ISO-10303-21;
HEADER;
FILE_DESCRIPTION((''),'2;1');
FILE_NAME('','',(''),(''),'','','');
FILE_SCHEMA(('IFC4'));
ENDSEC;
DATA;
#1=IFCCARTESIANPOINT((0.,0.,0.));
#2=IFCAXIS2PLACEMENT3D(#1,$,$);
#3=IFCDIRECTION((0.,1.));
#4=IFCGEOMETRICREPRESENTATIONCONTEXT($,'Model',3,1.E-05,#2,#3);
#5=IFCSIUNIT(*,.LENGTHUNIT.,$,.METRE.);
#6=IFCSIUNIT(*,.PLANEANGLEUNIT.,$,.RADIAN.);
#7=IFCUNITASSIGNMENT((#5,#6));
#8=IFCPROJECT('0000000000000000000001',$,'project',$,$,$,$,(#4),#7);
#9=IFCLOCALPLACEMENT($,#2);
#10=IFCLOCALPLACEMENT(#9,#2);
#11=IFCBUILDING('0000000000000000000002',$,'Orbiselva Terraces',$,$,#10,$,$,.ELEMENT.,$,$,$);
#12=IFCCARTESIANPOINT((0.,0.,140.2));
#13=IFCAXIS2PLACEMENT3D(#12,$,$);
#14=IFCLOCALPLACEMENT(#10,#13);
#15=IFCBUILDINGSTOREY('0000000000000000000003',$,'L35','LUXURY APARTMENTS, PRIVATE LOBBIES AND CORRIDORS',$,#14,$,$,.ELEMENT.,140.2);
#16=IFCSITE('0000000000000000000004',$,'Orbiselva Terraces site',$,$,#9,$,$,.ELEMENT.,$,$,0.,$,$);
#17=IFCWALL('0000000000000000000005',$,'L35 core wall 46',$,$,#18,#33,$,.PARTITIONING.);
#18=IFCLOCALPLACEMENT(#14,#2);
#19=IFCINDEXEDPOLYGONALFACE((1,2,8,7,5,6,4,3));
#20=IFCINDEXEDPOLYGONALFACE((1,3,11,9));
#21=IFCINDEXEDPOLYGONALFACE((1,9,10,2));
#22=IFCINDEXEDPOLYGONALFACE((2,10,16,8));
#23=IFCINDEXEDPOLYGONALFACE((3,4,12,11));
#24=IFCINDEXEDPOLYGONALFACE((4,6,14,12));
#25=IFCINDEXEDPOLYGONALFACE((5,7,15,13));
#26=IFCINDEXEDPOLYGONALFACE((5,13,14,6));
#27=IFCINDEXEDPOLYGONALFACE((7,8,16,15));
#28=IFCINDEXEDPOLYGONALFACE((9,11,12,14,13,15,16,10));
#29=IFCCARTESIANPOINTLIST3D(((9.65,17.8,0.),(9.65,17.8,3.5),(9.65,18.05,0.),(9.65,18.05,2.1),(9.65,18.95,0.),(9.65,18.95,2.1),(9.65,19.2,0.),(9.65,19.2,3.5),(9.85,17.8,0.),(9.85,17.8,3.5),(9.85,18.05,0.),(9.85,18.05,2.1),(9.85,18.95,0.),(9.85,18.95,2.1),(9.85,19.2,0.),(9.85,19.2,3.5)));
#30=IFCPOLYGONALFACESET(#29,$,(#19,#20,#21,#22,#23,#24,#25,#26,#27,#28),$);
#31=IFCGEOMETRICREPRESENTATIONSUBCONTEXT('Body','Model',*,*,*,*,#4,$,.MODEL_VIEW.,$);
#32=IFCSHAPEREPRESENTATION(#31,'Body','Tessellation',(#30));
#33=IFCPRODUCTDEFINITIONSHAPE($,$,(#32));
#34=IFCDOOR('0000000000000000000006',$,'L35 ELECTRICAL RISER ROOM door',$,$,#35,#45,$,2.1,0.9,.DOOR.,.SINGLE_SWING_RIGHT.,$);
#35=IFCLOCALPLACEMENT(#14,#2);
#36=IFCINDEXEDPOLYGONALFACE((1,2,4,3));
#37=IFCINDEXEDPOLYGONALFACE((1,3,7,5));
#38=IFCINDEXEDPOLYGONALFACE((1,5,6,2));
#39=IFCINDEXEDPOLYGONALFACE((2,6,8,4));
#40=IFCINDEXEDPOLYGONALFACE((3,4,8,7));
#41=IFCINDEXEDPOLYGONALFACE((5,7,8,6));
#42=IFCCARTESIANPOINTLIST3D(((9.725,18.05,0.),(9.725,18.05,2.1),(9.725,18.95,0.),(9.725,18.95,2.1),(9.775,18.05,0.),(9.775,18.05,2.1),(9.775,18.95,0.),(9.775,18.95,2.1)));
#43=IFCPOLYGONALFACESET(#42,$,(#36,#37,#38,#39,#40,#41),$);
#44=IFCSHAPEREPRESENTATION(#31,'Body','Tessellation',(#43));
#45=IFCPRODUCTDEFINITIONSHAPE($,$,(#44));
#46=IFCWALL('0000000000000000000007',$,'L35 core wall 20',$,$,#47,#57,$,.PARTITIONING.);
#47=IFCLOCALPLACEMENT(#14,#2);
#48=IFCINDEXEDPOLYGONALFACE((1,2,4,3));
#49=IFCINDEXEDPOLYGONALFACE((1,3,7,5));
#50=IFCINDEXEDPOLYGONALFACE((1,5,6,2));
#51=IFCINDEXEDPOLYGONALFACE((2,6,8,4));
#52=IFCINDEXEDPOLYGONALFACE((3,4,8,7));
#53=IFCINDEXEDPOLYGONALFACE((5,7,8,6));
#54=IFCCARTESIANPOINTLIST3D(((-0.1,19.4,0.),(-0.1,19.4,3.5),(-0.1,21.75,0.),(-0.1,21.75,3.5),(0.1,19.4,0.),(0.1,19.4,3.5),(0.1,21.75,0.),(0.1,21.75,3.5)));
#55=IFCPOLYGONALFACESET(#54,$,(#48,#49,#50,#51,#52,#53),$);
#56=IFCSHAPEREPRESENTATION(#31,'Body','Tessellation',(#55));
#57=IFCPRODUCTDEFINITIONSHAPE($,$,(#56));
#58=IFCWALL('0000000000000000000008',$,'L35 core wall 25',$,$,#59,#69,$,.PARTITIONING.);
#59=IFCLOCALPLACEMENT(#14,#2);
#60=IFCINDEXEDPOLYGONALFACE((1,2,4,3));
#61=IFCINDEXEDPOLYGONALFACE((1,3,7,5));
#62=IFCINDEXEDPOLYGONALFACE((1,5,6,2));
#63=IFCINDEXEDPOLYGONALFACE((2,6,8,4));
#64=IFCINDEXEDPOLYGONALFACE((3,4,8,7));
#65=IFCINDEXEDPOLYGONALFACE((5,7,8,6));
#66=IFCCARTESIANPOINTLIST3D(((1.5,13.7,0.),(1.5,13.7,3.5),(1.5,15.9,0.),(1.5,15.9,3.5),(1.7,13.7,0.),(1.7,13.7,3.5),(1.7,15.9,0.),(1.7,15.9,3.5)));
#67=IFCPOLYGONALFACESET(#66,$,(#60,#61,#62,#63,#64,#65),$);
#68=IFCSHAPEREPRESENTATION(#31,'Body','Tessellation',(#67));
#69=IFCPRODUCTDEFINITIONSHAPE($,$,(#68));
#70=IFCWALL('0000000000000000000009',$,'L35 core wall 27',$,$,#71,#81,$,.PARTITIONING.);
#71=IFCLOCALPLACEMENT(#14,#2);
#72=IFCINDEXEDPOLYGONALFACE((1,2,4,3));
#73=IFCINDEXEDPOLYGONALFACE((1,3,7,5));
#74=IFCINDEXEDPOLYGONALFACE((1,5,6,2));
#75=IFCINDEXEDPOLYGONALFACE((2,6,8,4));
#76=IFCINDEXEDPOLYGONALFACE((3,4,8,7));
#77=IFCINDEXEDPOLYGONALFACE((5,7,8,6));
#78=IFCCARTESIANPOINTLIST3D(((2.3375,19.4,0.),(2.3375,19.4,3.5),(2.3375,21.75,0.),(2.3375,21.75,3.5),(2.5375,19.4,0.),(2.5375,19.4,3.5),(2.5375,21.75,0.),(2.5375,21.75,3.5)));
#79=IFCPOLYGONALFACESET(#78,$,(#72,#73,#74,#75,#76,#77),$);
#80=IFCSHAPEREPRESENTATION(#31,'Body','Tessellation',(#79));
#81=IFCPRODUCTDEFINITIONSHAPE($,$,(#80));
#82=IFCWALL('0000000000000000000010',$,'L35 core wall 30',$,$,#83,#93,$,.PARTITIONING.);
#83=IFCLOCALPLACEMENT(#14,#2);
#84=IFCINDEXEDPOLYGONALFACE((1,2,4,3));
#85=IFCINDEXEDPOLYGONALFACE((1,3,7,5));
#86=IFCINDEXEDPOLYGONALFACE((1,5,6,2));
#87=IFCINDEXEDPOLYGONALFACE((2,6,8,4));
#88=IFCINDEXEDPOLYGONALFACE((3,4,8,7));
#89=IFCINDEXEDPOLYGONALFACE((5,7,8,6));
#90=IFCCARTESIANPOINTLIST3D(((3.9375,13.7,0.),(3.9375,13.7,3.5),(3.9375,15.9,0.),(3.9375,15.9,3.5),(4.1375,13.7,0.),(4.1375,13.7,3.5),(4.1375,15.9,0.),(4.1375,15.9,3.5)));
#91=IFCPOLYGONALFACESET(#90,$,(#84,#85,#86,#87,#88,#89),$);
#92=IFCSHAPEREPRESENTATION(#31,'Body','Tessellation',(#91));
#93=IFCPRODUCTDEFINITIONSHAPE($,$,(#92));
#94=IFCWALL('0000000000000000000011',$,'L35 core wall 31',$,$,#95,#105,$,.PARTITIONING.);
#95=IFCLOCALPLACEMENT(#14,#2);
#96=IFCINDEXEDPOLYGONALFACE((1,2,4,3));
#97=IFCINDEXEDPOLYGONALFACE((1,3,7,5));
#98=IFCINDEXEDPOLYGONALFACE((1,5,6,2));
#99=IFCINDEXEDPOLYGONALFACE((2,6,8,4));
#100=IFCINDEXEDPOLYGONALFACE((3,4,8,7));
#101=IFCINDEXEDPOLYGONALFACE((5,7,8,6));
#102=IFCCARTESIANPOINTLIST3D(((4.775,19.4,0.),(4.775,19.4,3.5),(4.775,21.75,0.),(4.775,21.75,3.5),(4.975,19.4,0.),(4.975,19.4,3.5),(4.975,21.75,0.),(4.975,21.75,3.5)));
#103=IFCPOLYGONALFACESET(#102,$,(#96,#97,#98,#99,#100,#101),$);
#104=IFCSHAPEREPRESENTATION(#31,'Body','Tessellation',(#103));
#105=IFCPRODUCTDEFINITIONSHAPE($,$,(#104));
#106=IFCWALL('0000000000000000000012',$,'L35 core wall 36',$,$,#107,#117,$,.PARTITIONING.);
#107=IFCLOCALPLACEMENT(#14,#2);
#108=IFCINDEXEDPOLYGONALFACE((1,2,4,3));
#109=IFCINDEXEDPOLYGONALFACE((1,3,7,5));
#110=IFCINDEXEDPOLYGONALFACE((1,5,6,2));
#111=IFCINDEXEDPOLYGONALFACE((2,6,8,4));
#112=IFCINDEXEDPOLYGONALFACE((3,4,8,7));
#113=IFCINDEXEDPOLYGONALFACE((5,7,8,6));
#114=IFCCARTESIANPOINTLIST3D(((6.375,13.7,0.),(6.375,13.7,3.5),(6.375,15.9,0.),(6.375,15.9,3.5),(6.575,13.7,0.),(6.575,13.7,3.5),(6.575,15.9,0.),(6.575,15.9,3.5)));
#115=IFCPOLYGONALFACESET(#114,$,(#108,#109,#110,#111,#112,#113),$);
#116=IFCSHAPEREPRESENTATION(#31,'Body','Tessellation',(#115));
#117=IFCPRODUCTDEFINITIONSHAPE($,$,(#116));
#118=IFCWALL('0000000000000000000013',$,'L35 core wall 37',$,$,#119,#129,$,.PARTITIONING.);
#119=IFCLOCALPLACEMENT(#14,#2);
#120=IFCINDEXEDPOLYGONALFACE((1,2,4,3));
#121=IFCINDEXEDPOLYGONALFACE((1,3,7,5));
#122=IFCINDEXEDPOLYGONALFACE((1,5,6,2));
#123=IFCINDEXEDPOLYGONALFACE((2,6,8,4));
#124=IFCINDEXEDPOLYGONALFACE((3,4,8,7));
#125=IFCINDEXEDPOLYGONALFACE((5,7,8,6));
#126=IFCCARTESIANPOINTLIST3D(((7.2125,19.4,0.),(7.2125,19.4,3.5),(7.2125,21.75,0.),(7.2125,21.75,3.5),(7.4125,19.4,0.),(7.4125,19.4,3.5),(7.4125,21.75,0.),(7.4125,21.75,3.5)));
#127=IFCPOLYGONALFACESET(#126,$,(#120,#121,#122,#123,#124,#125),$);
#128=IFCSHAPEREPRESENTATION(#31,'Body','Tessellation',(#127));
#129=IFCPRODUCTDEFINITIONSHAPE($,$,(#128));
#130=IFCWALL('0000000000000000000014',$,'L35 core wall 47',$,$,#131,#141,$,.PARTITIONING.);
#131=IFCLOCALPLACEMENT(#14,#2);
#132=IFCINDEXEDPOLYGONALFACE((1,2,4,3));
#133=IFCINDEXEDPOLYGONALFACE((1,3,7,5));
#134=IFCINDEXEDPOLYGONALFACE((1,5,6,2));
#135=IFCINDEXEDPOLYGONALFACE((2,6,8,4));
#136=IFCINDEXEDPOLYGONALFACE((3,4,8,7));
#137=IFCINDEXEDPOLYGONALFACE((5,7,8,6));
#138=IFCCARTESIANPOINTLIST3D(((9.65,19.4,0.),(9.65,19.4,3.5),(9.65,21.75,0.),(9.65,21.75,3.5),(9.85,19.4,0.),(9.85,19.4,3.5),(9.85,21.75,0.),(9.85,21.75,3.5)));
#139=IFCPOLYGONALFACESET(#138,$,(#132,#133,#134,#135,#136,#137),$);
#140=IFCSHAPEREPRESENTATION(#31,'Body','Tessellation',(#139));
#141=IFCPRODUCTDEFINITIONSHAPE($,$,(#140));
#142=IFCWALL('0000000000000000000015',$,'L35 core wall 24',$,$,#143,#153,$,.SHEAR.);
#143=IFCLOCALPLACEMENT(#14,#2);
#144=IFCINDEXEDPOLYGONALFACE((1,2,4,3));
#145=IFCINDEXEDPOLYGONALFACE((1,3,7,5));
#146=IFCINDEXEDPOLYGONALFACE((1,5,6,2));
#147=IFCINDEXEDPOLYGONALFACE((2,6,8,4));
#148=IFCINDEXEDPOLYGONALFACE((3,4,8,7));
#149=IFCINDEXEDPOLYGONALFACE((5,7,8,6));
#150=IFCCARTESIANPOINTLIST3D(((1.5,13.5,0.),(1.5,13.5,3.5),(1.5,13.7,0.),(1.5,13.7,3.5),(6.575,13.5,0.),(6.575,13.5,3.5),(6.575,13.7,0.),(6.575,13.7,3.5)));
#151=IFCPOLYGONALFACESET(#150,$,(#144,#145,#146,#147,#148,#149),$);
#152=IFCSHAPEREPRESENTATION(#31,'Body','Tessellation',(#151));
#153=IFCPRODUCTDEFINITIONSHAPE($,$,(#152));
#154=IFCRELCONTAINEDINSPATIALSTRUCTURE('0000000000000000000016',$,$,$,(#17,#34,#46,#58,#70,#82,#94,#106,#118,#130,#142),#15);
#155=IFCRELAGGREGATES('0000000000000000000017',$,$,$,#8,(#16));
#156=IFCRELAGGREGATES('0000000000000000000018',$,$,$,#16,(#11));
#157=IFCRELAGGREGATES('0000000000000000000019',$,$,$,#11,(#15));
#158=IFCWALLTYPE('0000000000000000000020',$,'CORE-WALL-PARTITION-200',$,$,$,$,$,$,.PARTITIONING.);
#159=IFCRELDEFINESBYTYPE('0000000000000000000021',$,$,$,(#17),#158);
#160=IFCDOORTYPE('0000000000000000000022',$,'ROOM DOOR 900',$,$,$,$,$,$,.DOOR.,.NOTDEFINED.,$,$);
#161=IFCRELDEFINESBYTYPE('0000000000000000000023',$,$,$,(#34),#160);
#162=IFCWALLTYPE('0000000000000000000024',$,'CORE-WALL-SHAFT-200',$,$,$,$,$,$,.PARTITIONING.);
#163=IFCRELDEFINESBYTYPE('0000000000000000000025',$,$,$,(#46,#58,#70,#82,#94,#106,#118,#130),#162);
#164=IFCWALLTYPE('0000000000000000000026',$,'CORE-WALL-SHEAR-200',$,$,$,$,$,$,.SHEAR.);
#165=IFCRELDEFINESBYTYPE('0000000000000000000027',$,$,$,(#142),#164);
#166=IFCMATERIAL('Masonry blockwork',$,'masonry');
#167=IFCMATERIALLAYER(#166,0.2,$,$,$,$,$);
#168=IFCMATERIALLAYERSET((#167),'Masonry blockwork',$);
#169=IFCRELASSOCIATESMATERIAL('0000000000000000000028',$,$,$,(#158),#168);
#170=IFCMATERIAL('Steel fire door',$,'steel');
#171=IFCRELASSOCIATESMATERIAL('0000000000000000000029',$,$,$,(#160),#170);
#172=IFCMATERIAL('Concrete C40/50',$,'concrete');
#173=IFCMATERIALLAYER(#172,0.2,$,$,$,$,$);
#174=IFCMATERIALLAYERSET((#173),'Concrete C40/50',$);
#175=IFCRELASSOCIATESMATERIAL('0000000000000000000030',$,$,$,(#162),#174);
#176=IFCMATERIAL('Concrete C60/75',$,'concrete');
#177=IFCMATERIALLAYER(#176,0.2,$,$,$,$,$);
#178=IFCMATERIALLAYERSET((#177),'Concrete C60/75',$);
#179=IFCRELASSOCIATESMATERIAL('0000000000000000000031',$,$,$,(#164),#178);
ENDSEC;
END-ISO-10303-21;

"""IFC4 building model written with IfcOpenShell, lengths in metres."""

from ifc_helpers import new_model, si_unit, direction, frame, frame_2d, origin, place, context, subcontext, project, spatial, rectangle, extrude, material, layer, layer_set, type_object, element, fill, save


model = new_model("IFC4")

# Units and contexts
model_context = context("Model", 3, precision=1e-05, world=origin(), true_north=direction((0.0, 1.0)))
body_context = subcontext(model_context, "Body", "Model", "MODEL_VIEW")
ifc_project = project(units=[si_unit("LENGTHUNIT", "METRE"), si_unit("PLANEANGLEUNIT", "RADIAN")], contexts=[model_context])

# Site, building, storey
site_placement = place(None, origin())
site = spatial("IfcSite", under=ifc_project, at=site_placement, Name="Orbiselva Terraces site", CompositionType="ELEMENT", RefElevation=0.0)
building_placement = place(site_placement, origin())
building = spatial("IfcBuilding", under=site, at=building_placement, Name="Orbiselva Terraces", CompositionType="ELEMENT")
storey_placement = place(building_placement, frame((0.0, 0.0, 140.2)))
storey = spatial("IfcBuildingStorey", under=building, at=storey_placement, Name="L35", Description="LUXURY APARTMENTS, PRIVATE LOBBIES AND CORRIDORS", CompositionType="ELEMENT", Elevation=140.2)

# Wall, opening, door
ifc_material_1 = material(Name="Masonry blockwork", Category="masonry")
ifc_layer_1 = layer(ifc_material_1, 0.2)
ifc_layer_set_1 = layer_set([ifc_layer_1], Name="Masonry blockwork")
wall_type_1 = type_object("IfcWallType", Name="CORE-WALL-PARTITION-200", PredefinedType="PARTITIONING", material=ifc_layer_set_1)
wall_1_placement = place(storey_placement, frame((9.75, 19.2, 0.0), z_axis=(0.0, 0.0, 1.0), x_axis=(0.0, -1.0, 0.0)))
wall_1 = element("IfcWall", 1, at=wall_1_placement, inside=storey, type_object=wall_type_1, Name="L35 core wall 46", PredefinedType="PARTITIONING", context=body_context, shape_type="SweptSolid", body=[
    extrude(rectangle(XDim=1.4, YDim=0.2, at=frame_2d((0.7, 0.0))), origin(), (0.0, 0.0, 1.0), 3.5),
])
opening_1_placement = place(wall_1_placement, frame((0.25, 0.0, 0.0)))
opening_1 = element("IfcOpeningElement", 2, at=opening_1_placement, cuts=wall_1, PredefinedType="OPENING", context=body_context, shape_type="SweptSolid", body=[
    extrude(rectangle(XDim=0.9, YDim=2.1, at=frame_2d((0.45, 1.05))), frame((0.0, 0.11, 0.0), z_axis=(0.0, -1.0, 0.0), x_axis=(1.0, 0.0, 0.0)), (0.0, 0.0, 1.0), 0.22),
])
ifc_material_2 = material(Name="Steel fire door", Category="steel")
door_type_1 = type_object("IfcDoorType", Name="ROOM DOOR 900", OperationType="NOTDEFINED", PredefinedType="DOOR", material=ifc_material_2)
door_1_placement = place(opening_1_placement, origin())
door_1 = element("IfcDoor", 3, at=door_1_placement, inside=storey, type_object=door_type_1, Name="L35 ELECTRICAL RISER ROOM door", OperationType="SINGLE_SWING_RIGHT", OverallHeight=2.1, OverallWidth=0.9, PredefinedType="DOOR", context=body_context, shape_type="SweptSolid", body=[
    extrude(rectangle(XDim=0.9, YDim=2.1, at=frame_2d((0.45, 1.05))), frame((0.0, 0.025, 0.0), z_axis=(0.0, -1.0, 0.0), x_axis=(1.0, 0.0, 0.0)), (0.0, 0.0, 1.0), 0.05),
])
fill(opening_1, door_1)

# Walls
ifc_material_3 = material(Name="Concrete C40/50", Category="concrete")
ifc_layer_2 = layer(ifc_material_3, 0.2)
ifc_layer_set_2 = layer_set([ifc_layer_2], Name="Concrete C40/50")
wall_type_2 = type_object("IfcWallType", Name="CORE-WALL-SHAFT-200", PredefinedType="PARTITIONING", material=ifc_layer_set_2)
wall_2_placement = place(storey_placement, frame((0.0, 19.4, 0.0), z_axis=(0.0, 0.0, 1.0), x_axis=(0.0, 1.0, 0.0)))
element("IfcWall", 4, at=wall_2_placement, inside=storey, type_object=wall_type_2, Name="L35 core wall 20", PredefinedType="PARTITIONING", context=body_context, shape_type="SweptSolid", body=[
    extrude(rectangle(XDim=2.35, YDim=0.2, at=frame_2d((1.175, 0.0))), origin(), (0.0, 0.0, 1.0), 3.5),
])
wall_3_placement = place(storey_placement, frame((1.6, 13.7, 0.0), z_axis=(0.0, 0.0, 1.0), x_axis=(0.0, 1.0, 0.0)))
element("IfcWall", 5, at=wall_3_placement, inside=storey, type_object=wall_type_2, Name="L35 core wall 25", PredefinedType="PARTITIONING", context=body_context, shape_type="SweptSolid", body=[
    extrude(rectangle(XDim=2.2, YDim=0.2, at=frame_2d((1.1, 0.0))), origin(), (0.0, 0.0, 1.0), 3.5),
])
wall_4_placement = place(storey_placement, frame((2.4375, 19.4, 0.0), z_axis=(0.0, 0.0, 1.0), x_axis=(0.0, 1.0, 0.0)))
element("IfcWall", 6, at=wall_4_placement, inside=storey, type_object=wall_type_2, Name="L35 core wall 27", PredefinedType="PARTITIONING", context=body_context, shape_type="SweptSolid", body=[
    extrude(rectangle(XDim=2.35, YDim=0.2, at=frame_2d((1.175, 0.0))), origin(), (0.0, 0.0, 1.0), 3.5),
])
wall_5_placement = place(storey_placement, frame((4.0375, 13.7, 0.0), z_axis=(0.0, 0.0, 1.0), x_axis=(0.0, 1.0, 0.0)))
element("IfcWall", 7, at=wall_5_placement, inside=storey, type_object=wall_type_2, Name="L35 core wall 30", PredefinedType="PARTITIONING", context=body_context, shape_type="SweptSolid", body=[
    extrude(rectangle(XDim=2.2, YDim=0.2, at=frame_2d((1.1, 0.0))), origin(), (0.0, 0.0, 1.0), 3.5),
])
wall_6_placement = place(storey_placement, frame((4.875, 19.4, 0.0), z_axis=(0.0, 0.0, 1.0), x_axis=(0.0, 1.0, 0.0)))
element("IfcWall", 8, at=wall_6_placement, inside=storey, type_object=wall_type_2, Name="L35 core wall 31", PredefinedType="PARTITIONING", context=body_context, shape_type="SweptSolid", body=[
    extrude(rectangle(XDim=2.35, YDim=0.2, at=frame_2d((1.175, 0.0))), origin(), (0.0, 0.0, 1.0), 3.5),
])
wall_7_placement = place(storey_placement, frame((6.475, 13.7, 0.0), z_axis=(0.0, 0.0, 1.0), x_axis=(0.0, 1.0, 0.0)))
element("IfcWall", 9, at=wall_7_placement, inside=storey, type_object=wall_type_2, Name="L35 core wall 36", PredefinedType="PARTITIONING", context=body_context, shape_type="SweptSolid", body=[
    extrude(rectangle(XDim=2.2, YDim=0.2, at=frame_2d((1.1, 0.0))), origin(), (0.0, 0.0, 1.0), 3.5),
])
for number, where, z_axis, x_axis, name in (
    (10, (7.3125, 19.4, 0.0), (0.0, 0.0, 1.0), (0.0, 1.0, 0.0), "L35 core wall 37"),
    (11, (9.75, 19.4, 0.0), (0.0, 0.0, 1.0), (0.0, 1.0, 0.0), "L35 core wall 47"),
):
    element("IfcWall", number, at=place(storey_placement, frame(where, z_axis=z_axis, x_axis=x_axis)), inside=storey, type_object=wall_type_2, Name=name, PredefinedType="PARTITIONING", context=body_context, shape_type="SweptSolid", body=[
        extrude(rectangle(XDim=2.35, YDim=0.2, at=frame_2d((1.175, 0.0))), origin(), (0.0, 0.0, 1.0), 3.5),
    ])
ifc_material_4 = material(Name="Concrete C60/75", Category="concrete")
ifc_layer_3 = layer(ifc_material_4, 0.2)
ifc_layer_set_3 = layer_set([ifc_layer_3], Name="Concrete C60/75")
wall_type_3 = type_object("IfcWallType", Name="CORE-WALL-SHEAR-200", PredefinedType="SHEAR", material=ifc_layer_set_3)
wall_8_placement = place(storey_placement, frame((1.5, 13.6, 0.0), z_axis=(0.0, 0.0, 1.0), x_axis=(1.0, 0.0, 0.0)))
element("IfcWall", 12, at=wall_8_placement, inside=storey, type_object=wall_type_3, Name="L35 core wall 24", PredefinedType="SHEAR", context=body_context, shape_type="SweptSolid", body=[
    extrude(rectangle(XDim=5.075, YDim=0.2, at=frame_2d((2.5375, 0.0))), origin(), (0.0, 0.0, 1.0), 3.5),
])

save(model, "model.ifc")
